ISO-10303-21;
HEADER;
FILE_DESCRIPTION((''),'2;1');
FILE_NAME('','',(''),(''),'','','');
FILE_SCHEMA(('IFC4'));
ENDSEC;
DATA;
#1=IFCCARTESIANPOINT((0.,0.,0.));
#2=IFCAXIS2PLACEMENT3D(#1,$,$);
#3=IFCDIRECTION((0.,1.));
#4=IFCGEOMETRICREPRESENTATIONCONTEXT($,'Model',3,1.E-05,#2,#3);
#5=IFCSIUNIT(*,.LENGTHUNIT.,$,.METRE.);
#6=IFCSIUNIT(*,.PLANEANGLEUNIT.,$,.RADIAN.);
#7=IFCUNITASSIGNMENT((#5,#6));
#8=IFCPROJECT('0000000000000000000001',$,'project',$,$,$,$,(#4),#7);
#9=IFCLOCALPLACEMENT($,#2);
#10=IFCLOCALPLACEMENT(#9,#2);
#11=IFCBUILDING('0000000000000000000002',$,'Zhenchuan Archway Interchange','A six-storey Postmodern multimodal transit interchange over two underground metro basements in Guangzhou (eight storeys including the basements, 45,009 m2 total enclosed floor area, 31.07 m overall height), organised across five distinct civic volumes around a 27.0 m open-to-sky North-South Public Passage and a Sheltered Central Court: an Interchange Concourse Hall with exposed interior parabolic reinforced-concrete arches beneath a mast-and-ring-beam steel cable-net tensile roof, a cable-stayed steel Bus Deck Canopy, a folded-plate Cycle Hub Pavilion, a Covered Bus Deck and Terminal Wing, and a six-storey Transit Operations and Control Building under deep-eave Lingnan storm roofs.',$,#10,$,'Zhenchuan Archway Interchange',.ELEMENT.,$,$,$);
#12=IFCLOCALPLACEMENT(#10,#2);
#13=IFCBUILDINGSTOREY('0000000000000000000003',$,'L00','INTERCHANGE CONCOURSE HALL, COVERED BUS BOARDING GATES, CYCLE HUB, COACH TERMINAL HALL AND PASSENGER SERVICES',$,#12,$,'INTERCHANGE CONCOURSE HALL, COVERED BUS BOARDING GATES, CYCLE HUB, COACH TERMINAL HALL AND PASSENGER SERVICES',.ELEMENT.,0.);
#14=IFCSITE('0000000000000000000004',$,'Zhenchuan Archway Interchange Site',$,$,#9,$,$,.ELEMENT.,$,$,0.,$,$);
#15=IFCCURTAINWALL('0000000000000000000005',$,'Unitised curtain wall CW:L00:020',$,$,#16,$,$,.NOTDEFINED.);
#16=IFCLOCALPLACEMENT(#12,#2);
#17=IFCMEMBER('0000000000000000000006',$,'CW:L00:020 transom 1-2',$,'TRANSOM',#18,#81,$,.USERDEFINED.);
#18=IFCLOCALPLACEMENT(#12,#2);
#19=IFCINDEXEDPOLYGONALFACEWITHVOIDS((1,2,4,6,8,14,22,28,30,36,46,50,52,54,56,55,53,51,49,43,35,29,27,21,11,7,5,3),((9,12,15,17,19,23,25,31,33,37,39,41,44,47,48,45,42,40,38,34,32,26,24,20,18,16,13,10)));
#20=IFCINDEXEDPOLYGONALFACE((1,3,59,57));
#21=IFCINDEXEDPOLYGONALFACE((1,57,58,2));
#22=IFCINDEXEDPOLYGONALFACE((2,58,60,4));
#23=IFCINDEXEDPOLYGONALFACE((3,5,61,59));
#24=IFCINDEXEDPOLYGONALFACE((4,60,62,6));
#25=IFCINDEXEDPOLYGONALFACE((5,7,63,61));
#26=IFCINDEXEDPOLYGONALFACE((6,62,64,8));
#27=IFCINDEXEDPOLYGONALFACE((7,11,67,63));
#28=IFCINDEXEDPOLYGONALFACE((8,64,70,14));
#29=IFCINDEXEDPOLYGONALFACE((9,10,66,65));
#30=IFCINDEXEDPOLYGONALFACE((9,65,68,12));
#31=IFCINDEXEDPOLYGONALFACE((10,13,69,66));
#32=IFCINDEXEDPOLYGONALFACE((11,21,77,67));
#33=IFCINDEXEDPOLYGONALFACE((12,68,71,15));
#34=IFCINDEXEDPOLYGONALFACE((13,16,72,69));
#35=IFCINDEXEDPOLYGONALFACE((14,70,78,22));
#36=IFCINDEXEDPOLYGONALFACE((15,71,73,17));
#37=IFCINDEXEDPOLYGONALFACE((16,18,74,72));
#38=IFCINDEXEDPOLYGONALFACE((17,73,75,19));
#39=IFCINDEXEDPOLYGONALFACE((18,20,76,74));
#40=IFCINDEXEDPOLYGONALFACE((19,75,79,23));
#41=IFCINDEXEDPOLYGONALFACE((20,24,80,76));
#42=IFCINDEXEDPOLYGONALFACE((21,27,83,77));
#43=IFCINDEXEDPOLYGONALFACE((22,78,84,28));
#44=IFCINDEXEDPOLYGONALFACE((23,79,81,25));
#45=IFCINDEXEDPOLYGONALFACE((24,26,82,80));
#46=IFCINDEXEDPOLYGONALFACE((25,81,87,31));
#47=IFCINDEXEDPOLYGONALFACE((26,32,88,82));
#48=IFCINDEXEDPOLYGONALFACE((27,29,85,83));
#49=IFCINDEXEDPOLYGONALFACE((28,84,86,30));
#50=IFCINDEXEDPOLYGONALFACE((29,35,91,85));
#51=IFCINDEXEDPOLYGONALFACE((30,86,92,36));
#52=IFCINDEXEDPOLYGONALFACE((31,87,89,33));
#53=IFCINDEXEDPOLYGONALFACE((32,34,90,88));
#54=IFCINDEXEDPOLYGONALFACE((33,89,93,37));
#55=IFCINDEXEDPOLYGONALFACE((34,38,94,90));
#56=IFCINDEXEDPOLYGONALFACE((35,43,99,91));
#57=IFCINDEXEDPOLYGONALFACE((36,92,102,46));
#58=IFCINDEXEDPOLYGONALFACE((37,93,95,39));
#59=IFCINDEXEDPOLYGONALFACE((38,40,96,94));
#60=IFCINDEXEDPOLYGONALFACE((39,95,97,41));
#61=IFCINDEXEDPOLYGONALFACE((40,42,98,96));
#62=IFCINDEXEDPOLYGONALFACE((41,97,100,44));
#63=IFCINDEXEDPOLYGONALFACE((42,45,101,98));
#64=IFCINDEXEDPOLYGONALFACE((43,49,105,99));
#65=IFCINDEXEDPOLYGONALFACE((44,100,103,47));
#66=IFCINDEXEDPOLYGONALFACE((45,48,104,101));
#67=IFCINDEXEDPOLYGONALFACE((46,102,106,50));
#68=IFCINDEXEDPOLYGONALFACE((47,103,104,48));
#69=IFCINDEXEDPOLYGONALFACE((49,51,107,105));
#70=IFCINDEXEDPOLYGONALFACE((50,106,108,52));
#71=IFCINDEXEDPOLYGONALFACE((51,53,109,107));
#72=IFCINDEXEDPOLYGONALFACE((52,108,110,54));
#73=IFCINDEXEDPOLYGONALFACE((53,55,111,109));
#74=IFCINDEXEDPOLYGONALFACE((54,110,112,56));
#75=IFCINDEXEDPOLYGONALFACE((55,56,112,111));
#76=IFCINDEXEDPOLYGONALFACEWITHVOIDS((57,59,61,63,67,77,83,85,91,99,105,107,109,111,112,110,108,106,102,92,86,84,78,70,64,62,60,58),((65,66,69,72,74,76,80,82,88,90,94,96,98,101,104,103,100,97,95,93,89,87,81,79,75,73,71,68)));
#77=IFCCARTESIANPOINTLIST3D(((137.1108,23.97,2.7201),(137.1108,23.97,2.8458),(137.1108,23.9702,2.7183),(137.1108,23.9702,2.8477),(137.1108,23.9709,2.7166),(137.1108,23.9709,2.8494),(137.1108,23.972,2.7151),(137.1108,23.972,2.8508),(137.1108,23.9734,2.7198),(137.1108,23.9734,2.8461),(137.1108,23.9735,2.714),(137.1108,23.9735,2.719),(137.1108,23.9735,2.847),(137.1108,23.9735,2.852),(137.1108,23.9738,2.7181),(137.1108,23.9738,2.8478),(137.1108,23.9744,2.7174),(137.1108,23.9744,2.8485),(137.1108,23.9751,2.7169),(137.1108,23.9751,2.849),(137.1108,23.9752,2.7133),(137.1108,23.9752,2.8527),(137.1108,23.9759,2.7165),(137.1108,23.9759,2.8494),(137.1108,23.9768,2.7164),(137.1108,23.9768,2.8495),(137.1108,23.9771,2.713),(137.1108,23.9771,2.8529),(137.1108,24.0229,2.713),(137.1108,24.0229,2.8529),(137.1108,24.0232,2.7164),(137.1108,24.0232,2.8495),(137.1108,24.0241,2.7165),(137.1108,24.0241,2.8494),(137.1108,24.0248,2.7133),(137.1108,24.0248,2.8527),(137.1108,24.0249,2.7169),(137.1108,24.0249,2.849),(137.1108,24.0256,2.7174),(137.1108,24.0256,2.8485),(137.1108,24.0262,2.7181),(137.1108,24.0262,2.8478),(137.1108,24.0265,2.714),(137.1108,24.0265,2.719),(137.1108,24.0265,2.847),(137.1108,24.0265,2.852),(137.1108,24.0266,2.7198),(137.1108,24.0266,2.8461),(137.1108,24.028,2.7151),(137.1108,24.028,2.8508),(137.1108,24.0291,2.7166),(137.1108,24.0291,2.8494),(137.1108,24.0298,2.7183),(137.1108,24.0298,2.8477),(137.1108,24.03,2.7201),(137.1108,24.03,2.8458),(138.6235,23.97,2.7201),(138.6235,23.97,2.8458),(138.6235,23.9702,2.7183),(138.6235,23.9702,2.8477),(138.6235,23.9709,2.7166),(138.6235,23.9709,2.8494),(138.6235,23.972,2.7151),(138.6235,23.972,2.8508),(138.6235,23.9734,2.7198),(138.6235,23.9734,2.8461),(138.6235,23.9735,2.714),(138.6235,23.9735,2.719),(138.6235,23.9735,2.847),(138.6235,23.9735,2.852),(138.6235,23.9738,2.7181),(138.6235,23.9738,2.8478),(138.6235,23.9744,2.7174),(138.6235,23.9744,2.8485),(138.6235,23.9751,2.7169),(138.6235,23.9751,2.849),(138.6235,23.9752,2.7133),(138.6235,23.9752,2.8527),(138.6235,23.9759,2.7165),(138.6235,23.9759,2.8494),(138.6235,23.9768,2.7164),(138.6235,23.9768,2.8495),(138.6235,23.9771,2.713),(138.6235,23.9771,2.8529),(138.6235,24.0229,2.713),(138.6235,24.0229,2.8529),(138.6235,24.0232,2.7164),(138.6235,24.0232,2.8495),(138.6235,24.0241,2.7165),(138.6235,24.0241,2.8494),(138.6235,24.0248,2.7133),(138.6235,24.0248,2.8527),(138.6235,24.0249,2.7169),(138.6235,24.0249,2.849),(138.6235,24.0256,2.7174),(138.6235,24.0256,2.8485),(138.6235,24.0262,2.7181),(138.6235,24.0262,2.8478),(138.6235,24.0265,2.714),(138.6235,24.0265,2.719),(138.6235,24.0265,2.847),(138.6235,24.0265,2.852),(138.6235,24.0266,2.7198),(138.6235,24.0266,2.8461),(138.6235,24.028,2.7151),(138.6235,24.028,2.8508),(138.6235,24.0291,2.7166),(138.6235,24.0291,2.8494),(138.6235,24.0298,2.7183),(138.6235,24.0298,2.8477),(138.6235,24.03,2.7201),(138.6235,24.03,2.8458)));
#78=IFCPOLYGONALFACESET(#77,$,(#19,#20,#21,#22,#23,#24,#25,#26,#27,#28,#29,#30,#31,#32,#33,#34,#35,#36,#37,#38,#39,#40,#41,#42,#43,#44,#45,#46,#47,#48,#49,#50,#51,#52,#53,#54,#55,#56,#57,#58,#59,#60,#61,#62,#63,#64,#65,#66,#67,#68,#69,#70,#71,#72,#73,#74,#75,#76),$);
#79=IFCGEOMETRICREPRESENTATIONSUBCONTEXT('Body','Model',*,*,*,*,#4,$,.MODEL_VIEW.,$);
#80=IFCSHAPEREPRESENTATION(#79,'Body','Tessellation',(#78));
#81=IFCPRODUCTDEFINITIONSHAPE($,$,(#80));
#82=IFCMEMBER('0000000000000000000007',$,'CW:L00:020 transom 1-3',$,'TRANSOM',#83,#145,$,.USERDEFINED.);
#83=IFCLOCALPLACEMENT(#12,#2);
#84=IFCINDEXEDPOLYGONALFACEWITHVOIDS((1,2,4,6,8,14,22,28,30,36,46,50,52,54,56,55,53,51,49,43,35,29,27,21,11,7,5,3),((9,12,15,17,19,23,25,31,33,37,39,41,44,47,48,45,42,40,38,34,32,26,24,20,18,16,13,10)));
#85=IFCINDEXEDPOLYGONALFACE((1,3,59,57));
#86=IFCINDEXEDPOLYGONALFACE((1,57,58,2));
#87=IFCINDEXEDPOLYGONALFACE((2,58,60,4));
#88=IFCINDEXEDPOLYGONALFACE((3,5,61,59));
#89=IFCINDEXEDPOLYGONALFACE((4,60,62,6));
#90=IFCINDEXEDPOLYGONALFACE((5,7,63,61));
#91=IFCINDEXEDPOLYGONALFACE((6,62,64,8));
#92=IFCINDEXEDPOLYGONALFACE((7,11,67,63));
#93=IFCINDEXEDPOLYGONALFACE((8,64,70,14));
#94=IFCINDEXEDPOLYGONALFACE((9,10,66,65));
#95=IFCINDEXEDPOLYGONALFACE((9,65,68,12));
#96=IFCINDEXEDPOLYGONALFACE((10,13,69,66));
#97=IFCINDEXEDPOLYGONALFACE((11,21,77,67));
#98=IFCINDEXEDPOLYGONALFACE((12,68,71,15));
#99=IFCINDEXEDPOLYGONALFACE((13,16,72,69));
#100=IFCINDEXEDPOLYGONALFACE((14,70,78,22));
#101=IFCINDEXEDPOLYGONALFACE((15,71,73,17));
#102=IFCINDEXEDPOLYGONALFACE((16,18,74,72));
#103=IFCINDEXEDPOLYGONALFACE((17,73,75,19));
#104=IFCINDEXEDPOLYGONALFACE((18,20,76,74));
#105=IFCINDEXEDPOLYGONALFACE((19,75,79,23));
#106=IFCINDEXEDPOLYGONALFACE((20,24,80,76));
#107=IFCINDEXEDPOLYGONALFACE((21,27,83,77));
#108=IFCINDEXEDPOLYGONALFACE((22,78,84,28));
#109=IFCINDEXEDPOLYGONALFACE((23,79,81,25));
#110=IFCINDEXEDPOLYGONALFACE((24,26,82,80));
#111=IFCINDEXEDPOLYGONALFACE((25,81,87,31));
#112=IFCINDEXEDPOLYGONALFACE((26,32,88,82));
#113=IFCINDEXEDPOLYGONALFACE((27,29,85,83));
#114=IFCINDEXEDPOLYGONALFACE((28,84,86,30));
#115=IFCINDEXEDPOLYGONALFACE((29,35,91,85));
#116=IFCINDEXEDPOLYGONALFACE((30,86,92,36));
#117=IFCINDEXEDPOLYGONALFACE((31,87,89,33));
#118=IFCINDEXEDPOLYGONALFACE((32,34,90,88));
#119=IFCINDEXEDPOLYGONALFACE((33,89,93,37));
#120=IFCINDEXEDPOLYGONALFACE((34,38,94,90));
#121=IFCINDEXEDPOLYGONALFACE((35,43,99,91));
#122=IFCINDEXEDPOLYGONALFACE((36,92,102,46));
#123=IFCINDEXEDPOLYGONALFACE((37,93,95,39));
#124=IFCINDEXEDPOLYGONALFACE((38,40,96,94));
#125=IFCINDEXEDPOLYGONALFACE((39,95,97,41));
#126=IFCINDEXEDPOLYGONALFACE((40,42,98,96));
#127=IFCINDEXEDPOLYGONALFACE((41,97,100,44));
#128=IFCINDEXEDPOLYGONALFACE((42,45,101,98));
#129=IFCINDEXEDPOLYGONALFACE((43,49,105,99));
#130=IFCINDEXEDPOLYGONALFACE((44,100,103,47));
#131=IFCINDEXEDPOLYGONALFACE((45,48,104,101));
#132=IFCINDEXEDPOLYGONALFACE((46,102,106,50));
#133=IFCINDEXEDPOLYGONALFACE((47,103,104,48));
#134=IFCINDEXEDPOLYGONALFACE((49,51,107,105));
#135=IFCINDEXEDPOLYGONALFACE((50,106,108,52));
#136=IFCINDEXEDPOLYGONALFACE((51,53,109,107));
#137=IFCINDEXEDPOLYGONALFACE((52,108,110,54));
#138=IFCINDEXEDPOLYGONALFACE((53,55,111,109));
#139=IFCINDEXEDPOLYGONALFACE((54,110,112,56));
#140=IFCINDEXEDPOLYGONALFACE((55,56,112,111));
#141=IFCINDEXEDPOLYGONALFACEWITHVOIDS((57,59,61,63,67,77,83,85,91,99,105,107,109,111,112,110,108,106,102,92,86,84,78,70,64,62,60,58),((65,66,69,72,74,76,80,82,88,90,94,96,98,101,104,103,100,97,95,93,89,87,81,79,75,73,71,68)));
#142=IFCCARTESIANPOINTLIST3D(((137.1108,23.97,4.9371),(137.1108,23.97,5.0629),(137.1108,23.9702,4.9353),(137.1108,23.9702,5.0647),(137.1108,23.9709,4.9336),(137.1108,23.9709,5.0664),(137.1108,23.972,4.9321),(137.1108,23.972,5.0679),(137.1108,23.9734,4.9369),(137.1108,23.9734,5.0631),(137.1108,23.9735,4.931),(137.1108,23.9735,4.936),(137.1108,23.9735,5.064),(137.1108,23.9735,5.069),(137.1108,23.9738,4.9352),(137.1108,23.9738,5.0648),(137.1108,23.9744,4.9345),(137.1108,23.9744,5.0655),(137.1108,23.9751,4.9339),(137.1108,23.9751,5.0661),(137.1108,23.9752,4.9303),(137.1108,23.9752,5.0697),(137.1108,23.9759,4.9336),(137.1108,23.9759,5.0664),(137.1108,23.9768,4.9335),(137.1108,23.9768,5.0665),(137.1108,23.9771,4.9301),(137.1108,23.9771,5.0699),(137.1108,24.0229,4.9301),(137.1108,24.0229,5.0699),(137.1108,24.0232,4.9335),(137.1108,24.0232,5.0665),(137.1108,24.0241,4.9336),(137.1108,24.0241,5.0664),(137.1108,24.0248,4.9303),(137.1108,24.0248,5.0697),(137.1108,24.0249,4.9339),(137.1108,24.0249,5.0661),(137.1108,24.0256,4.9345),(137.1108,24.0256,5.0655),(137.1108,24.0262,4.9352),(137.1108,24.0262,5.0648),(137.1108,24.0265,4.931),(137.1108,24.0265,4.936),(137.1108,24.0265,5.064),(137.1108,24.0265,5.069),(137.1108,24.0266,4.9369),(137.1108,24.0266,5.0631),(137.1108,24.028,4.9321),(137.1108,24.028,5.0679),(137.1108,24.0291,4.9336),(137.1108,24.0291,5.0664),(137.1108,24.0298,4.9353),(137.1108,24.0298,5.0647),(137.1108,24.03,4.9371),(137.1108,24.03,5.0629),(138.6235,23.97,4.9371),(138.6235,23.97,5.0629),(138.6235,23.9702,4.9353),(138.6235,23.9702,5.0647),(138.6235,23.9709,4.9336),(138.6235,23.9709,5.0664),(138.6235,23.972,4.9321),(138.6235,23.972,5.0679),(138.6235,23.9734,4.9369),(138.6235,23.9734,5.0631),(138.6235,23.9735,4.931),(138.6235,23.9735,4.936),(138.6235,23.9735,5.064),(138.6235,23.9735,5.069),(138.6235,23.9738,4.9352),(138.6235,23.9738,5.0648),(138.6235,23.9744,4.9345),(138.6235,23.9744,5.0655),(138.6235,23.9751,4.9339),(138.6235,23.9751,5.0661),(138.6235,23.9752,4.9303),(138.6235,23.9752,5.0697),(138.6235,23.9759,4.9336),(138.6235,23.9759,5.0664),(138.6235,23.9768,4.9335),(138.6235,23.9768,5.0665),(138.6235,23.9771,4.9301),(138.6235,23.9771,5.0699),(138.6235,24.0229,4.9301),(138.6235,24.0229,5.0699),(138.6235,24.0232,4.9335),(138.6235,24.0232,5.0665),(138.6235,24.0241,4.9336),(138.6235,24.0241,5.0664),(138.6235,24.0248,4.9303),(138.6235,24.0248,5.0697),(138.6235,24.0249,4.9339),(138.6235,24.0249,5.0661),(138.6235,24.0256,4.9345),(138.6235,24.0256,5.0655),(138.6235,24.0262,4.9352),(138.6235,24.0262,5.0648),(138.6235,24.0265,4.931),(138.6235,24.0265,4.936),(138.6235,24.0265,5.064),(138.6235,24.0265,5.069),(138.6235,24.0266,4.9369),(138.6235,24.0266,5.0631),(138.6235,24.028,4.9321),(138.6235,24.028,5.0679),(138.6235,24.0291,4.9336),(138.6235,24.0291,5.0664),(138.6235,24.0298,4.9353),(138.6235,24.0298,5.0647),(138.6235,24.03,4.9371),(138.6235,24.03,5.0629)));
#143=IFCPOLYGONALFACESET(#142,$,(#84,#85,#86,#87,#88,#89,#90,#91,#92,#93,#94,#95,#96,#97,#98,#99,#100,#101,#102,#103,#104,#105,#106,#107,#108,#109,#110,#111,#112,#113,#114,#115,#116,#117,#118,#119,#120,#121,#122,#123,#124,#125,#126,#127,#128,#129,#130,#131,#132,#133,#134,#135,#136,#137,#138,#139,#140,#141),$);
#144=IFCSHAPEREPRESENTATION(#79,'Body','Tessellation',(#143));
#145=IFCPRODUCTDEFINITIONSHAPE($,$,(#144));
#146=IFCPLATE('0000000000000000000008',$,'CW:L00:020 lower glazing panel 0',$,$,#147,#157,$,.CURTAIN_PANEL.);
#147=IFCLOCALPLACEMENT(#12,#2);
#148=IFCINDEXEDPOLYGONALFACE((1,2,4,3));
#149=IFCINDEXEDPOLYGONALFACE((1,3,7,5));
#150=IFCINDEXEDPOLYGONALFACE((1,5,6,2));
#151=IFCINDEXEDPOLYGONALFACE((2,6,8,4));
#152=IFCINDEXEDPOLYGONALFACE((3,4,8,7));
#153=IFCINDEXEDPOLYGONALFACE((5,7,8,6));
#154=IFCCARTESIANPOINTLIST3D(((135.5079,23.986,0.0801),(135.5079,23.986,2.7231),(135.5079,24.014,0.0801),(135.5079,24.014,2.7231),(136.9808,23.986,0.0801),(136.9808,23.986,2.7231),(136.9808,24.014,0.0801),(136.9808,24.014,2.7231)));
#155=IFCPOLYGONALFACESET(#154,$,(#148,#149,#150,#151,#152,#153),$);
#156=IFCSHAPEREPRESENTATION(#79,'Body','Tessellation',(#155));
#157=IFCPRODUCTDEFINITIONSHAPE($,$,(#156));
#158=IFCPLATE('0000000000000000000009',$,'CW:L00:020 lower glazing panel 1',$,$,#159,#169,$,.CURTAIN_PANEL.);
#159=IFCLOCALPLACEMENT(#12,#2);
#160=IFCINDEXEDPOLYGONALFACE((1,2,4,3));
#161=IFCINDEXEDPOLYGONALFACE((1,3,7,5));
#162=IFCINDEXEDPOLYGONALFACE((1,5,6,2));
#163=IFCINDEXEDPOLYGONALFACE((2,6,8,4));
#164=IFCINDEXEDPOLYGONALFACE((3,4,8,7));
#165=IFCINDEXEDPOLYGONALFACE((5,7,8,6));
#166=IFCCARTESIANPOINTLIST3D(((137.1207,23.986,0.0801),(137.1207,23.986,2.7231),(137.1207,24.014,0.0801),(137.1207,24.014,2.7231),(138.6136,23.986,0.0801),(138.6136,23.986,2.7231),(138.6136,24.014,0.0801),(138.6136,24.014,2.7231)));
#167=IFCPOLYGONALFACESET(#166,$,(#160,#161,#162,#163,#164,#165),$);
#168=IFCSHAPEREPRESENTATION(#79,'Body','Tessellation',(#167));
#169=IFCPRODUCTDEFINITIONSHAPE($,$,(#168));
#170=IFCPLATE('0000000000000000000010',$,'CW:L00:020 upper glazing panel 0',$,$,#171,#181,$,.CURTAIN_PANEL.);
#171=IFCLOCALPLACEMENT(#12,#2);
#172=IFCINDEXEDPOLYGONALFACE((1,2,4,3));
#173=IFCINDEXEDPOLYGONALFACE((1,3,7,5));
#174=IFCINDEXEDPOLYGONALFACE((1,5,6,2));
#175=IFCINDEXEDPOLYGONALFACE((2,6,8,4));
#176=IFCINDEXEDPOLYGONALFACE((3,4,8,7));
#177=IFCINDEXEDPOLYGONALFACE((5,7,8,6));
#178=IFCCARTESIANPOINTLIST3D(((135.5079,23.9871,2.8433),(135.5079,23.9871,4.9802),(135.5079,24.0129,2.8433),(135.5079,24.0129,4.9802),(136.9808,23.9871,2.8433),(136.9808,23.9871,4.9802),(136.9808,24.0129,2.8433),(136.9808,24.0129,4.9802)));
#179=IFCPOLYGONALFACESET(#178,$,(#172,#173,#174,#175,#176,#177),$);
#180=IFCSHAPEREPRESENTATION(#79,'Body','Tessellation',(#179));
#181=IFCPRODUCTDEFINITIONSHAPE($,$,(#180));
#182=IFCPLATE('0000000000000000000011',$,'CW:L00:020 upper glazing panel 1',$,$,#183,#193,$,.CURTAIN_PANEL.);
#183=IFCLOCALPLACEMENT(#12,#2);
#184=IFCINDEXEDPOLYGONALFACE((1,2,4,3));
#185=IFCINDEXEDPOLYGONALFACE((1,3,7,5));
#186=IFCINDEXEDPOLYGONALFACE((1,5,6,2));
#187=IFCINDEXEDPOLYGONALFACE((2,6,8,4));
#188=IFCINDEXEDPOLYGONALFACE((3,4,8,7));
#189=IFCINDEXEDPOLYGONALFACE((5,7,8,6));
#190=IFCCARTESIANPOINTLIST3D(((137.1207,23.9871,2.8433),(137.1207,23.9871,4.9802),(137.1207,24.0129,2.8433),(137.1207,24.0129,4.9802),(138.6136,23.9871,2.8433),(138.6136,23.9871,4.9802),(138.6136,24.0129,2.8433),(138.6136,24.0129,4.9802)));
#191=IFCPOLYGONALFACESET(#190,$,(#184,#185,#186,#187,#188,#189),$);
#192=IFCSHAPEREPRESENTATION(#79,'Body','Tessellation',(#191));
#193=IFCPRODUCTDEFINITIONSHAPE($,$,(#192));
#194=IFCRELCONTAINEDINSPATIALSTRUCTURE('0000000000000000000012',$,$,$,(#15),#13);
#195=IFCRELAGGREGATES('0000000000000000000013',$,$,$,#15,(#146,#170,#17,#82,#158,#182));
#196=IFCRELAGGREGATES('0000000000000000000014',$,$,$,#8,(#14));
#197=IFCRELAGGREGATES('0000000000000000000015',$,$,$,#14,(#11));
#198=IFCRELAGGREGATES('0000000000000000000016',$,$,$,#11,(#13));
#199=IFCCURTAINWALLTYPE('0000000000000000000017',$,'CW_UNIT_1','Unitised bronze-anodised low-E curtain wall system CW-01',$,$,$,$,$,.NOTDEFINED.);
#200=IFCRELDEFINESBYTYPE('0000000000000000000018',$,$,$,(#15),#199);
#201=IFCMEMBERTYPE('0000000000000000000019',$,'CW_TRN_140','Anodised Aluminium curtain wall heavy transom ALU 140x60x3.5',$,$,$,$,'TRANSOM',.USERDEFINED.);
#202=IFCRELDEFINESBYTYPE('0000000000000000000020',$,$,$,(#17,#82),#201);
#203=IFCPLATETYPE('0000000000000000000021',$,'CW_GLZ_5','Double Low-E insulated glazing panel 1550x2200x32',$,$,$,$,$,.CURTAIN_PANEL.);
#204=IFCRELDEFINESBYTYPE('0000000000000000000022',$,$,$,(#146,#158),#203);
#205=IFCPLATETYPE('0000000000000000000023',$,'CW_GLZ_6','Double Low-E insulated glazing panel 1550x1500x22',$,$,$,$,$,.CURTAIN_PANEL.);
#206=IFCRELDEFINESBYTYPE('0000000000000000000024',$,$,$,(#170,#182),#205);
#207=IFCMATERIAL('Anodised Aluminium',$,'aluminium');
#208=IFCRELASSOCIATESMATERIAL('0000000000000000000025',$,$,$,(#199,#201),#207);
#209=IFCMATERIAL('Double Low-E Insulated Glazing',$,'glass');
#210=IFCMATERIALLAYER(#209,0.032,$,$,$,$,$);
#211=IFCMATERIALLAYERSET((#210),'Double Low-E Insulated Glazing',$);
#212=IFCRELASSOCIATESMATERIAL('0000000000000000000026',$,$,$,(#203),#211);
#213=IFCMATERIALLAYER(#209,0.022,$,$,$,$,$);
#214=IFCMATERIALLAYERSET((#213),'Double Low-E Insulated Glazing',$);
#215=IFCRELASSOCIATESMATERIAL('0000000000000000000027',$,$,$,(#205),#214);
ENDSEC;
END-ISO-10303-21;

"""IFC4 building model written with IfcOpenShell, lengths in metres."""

from ifc_helpers import new_model, si_unit, direction, frame, origin, origin_2d, place, context, subcontext, project, spatial, rectangle, hollow_rectangle, extrude, material, layer, layer_set, material_profile, profile_set, type_object, element, aggregate, save


model = new_model("IFC4")

# Units and contexts
model_context = context("Model", 3, precision=1e-05, world=origin(), true_north=direction((0.0, 1.0)))
body_context = subcontext(model_context, "Body", "Model", "MODEL_VIEW")
ifc_project = project(units=[si_unit("LENGTHUNIT", "METRE"), si_unit("PLANEANGLEUNIT", "RADIAN")], contexts=[model_context])

# Site, building, storey
site_placement = place(None, origin())
site = spatial("IfcSite", under=ifc_project, at=site_placement, Name="Zhenchuan Archway Interchange Site", CompositionType="ELEMENT", RefElevation=0.0)
building_placement = place(site_placement, origin())
building = spatial("IfcBuilding", under=site, at=building_placement, Name="Zhenchuan Archway Interchange", Description="A six-storey Postmodern multimodal transit interchange over two underground metro basements in Guangzhou (eight storeys including the basements, 45,009 m2 total enclosed floor area, 31.07 m overall height), organised across five distinct civic volumes around a 27.0 m open-to-sky North-South Public Passage and a Sheltered Central Court: an Interchange Concourse Hall with exposed interior parabolic reinforced-concrete arches beneath a mast-and-ring-beam steel cable-net tensile roof, a cable-stayed steel Bus Deck Canopy, a folded-plate Cycle Hub Pavilion, a Covered Bus Deck and Terminal Wing, and a six-storey Transit Operations and Control Building under deep-eave Lingnan storm roofs.", LongName="Zhenchuan Archway Interchange", CompositionType="ELEMENT")
storey_placement = place(building_placement, origin())
storey = spatial("IfcBuildingStorey", under=building, at=storey_placement, Name="L00", Description="INTERCHANGE CONCOURSE HALL, COVERED BUS BOARDING GATES, CYCLE HUB, COACH TERMINAL HALL AND PASSENGER SERVICES", LongName="INTERCHANGE CONCOURSE HALL, COVERED BUS BOARDING GATES, CYCLE HUB, COACH TERMINAL HALL AND PASSENGER SERVICES", CompositionType="ELEMENT", Elevation=0.0)

# Curtain wall, members, plates
ifc_material_1 = material(Name="Anodised Aluminium", Category="aluminium")
curtain_wall_type = type_object("IfcCurtainWallType", Name="CW_UNIT_1", Description="Unitised bronze-anodised low-E curtain wall system CW-01", PredefinedType="NOTDEFINED", material=ifc_material_1)
curtain_wall_placement = place(storey_placement, origin())
curtain_wall = element("IfcCurtainWall", 1, at=curtain_wall_placement, inside=storey, type_object=curtain_wall_type, Name="Unitised curtain wall CW:L00:020", PredefinedType="NOTDEFINED")
ifc_material_profile_1 = material_profile(ifc_material_1, hollow_rectangle(XDim=0.0601, YDim=0.1399, WallThickness=0.0034, InnerFilletRadius=0.0034, OuterFilletRadius=0.0071, at=origin_2d()), Name="ALU 140x60x3.5")
ifc_profile_set_1 = profile_set([ifc_material_profile_1], Name="Anodised Aluminium")
member_type_1 = type_object("IfcMemberType", Name="CW_TRN_140", Description="Anodised Aluminium curtain wall heavy transom ALU 140x60x3.5", ElementType="TRANSOM", PredefinedType="USERDEFINED", material=ifc_profile_set_1)
member_1_placement = place(storey_placement, frame((137.1108, 24.0, 2.783), z_axis=(1.0, 0.0, 0.0), x_axis=(0.0, 1.0, 0.0)))
member_1 = element("IfcMember", 2, at=member_1_placement, type_object=member_type_1, Name="CW:L00:020 transom 1-2", ObjectType="TRANSOM", PredefinedType="USERDEFINED", context=body_context, shape_type="SweptSolid", body=[
    extrude(hollow_rectangle(XDim=0.0601, YDim=0.1399, WallThickness=0.0034, InnerFilletRadius=0.0034, OuterFilletRadius=0.0071, at=origin_2d()), origin(), (0.0, 0.0, 1.0), 1.5127),
])
member_2_placement = place(storey_placement, frame((137.1108, 24.0, 5.0), z_axis=(1.0, 0.0, 0.0), x_axis=(0.0, 1.0, 0.0)))
member_2 = element("IfcMember", 3, at=member_2_placement, type_object=member_type_1, Name="CW:L00:020 transom 1-3", ObjectType="TRANSOM", PredefinedType="USERDEFINED", context=body_context, shape_type="SweptSolid", body=[
    extrude(hollow_rectangle(XDim=0.0601, YDim=0.1399, WallThickness=0.0034, InnerFilletRadius=0.0034, OuterFilletRadius=0.0071, at=origin_2d()), origin(), (0.0, 0.0, 1.0), 1.5127),
])
ifc_material_2 = material(Name="Double Low-E Insulated Glazing", Category="glass")
ifc_layer_1 = layer(ifc_material_2, 0.032)
ifc_layer_set_1 = layer_set([ifc_layer_1], Name="Double Low-E Insulated Glazing")
plate_type_1 = type_object("IfcPlateType", Name="CW_GLZ_5", Description="Double Low-E insulated glazing panel 1550x2200x32", PredefinedType="CURTAIN_PANEL", material=ifc_layer_set_1)
plate_1_placement = place(storey_placement, frame((136.2444, 24.0, 0.0801), z_axis=(0.0, 0.0, 1.0), x_axis=(1.0, 0.0, 0.0)))
plate_1 = element("IfcPlate", 4, at=plate_1_placement, type_object=plate_type_1, Name="CW:L00:020 lower glazing panel 0", PredefinedType="CURTAIN_PANEL", context=body_context, shape_type="SweptSolid", body=[
    extrude(rectangle(XDim=1.4729, YDim=0.0281, at=origin_2d()), origin(), (0.0, 0.0, 1.0), 2.6431),
])
plate_2_placement = place(storey_placement, frame((137.8672, 24.0, 0.0801), z_axis=(0.0, 0.0, 1.0), x_axis=(1.0, 0.0, 0.0)))
plate_2 = element("IfcPlate", 5, at=plate_2_placement, type_object=plate_type_1, Name="CW:L00:020 lower glazing panel 1", PredefinedType="CURTAIN_PANEL", context=body_context, shape_type="SweptSolid", body=[
    extrude(rectangle(XDim=1.4929, YDim=0.0281, at=origin_2d()), origin(), (0.0, 0.0, 1.0), 2.6431),
])
ifc_layer_2 = layer(ifc_material_2, 0.022)
ifc_layer_set_2 = layer_set([ifc_layer_2], Name="Double Low-E Insulated Glazing")
plate_type_2 = type_object("IfcPlateType", Name="CW_GLZ_6", Description="Double Low-E insulated glazing panel 1550x1500x22", PredefinedType="CURTAIN_PANEL", material=ifc_layer_set_2)
plate_3_placement = place(storey_placement, frame((136.2444, 24.0, 2.8433), z_axis=(0.0, 0.0, 1.0), x_axis=(1.0, 0.0, 0.0)))
plate_3 = element("IfcPlate", 6, at=plate_3_placement, type_object=plate_type_2, Name="CW:L00:020 upper glazing panel 0", PredefinedType="CURTAIN_PANEL", context=body_context, shape_type="SweptSolid", body=[
    extrude(rectangle(XDim=1.4729, YDim=0.0259, at=origin_2d()), origin(), (0.0, 0.0, 1.0), 2.137),
])
plate_4_placement = place(storey_placement, frame((137.8672, 24.0, 2.8433), z_axis=(0.0, 0.0, 1.0), x_axis=(1.0, 0.0, 0.0)))
plate_4 = element("IfcPlate", 7, at=plate_4_placement, type_object=plate_type_2, Name="CW:L00:020 upper glazing panel 1", PredefinedType="CURTAIN_PANEL", context=body_context, shape_type="SweptSolid", body=[
    extrude(rectangle(XDim=1.4929, YDim=0.0259, at=origin_2d()), origin(), (0.0, 0.0, 1.0), 2.137),
])
aggregate(curtain_wall, [plate_1, plate_3, member_1, member_2, plate_2, plate_4])

save(model, "model.ifc")
